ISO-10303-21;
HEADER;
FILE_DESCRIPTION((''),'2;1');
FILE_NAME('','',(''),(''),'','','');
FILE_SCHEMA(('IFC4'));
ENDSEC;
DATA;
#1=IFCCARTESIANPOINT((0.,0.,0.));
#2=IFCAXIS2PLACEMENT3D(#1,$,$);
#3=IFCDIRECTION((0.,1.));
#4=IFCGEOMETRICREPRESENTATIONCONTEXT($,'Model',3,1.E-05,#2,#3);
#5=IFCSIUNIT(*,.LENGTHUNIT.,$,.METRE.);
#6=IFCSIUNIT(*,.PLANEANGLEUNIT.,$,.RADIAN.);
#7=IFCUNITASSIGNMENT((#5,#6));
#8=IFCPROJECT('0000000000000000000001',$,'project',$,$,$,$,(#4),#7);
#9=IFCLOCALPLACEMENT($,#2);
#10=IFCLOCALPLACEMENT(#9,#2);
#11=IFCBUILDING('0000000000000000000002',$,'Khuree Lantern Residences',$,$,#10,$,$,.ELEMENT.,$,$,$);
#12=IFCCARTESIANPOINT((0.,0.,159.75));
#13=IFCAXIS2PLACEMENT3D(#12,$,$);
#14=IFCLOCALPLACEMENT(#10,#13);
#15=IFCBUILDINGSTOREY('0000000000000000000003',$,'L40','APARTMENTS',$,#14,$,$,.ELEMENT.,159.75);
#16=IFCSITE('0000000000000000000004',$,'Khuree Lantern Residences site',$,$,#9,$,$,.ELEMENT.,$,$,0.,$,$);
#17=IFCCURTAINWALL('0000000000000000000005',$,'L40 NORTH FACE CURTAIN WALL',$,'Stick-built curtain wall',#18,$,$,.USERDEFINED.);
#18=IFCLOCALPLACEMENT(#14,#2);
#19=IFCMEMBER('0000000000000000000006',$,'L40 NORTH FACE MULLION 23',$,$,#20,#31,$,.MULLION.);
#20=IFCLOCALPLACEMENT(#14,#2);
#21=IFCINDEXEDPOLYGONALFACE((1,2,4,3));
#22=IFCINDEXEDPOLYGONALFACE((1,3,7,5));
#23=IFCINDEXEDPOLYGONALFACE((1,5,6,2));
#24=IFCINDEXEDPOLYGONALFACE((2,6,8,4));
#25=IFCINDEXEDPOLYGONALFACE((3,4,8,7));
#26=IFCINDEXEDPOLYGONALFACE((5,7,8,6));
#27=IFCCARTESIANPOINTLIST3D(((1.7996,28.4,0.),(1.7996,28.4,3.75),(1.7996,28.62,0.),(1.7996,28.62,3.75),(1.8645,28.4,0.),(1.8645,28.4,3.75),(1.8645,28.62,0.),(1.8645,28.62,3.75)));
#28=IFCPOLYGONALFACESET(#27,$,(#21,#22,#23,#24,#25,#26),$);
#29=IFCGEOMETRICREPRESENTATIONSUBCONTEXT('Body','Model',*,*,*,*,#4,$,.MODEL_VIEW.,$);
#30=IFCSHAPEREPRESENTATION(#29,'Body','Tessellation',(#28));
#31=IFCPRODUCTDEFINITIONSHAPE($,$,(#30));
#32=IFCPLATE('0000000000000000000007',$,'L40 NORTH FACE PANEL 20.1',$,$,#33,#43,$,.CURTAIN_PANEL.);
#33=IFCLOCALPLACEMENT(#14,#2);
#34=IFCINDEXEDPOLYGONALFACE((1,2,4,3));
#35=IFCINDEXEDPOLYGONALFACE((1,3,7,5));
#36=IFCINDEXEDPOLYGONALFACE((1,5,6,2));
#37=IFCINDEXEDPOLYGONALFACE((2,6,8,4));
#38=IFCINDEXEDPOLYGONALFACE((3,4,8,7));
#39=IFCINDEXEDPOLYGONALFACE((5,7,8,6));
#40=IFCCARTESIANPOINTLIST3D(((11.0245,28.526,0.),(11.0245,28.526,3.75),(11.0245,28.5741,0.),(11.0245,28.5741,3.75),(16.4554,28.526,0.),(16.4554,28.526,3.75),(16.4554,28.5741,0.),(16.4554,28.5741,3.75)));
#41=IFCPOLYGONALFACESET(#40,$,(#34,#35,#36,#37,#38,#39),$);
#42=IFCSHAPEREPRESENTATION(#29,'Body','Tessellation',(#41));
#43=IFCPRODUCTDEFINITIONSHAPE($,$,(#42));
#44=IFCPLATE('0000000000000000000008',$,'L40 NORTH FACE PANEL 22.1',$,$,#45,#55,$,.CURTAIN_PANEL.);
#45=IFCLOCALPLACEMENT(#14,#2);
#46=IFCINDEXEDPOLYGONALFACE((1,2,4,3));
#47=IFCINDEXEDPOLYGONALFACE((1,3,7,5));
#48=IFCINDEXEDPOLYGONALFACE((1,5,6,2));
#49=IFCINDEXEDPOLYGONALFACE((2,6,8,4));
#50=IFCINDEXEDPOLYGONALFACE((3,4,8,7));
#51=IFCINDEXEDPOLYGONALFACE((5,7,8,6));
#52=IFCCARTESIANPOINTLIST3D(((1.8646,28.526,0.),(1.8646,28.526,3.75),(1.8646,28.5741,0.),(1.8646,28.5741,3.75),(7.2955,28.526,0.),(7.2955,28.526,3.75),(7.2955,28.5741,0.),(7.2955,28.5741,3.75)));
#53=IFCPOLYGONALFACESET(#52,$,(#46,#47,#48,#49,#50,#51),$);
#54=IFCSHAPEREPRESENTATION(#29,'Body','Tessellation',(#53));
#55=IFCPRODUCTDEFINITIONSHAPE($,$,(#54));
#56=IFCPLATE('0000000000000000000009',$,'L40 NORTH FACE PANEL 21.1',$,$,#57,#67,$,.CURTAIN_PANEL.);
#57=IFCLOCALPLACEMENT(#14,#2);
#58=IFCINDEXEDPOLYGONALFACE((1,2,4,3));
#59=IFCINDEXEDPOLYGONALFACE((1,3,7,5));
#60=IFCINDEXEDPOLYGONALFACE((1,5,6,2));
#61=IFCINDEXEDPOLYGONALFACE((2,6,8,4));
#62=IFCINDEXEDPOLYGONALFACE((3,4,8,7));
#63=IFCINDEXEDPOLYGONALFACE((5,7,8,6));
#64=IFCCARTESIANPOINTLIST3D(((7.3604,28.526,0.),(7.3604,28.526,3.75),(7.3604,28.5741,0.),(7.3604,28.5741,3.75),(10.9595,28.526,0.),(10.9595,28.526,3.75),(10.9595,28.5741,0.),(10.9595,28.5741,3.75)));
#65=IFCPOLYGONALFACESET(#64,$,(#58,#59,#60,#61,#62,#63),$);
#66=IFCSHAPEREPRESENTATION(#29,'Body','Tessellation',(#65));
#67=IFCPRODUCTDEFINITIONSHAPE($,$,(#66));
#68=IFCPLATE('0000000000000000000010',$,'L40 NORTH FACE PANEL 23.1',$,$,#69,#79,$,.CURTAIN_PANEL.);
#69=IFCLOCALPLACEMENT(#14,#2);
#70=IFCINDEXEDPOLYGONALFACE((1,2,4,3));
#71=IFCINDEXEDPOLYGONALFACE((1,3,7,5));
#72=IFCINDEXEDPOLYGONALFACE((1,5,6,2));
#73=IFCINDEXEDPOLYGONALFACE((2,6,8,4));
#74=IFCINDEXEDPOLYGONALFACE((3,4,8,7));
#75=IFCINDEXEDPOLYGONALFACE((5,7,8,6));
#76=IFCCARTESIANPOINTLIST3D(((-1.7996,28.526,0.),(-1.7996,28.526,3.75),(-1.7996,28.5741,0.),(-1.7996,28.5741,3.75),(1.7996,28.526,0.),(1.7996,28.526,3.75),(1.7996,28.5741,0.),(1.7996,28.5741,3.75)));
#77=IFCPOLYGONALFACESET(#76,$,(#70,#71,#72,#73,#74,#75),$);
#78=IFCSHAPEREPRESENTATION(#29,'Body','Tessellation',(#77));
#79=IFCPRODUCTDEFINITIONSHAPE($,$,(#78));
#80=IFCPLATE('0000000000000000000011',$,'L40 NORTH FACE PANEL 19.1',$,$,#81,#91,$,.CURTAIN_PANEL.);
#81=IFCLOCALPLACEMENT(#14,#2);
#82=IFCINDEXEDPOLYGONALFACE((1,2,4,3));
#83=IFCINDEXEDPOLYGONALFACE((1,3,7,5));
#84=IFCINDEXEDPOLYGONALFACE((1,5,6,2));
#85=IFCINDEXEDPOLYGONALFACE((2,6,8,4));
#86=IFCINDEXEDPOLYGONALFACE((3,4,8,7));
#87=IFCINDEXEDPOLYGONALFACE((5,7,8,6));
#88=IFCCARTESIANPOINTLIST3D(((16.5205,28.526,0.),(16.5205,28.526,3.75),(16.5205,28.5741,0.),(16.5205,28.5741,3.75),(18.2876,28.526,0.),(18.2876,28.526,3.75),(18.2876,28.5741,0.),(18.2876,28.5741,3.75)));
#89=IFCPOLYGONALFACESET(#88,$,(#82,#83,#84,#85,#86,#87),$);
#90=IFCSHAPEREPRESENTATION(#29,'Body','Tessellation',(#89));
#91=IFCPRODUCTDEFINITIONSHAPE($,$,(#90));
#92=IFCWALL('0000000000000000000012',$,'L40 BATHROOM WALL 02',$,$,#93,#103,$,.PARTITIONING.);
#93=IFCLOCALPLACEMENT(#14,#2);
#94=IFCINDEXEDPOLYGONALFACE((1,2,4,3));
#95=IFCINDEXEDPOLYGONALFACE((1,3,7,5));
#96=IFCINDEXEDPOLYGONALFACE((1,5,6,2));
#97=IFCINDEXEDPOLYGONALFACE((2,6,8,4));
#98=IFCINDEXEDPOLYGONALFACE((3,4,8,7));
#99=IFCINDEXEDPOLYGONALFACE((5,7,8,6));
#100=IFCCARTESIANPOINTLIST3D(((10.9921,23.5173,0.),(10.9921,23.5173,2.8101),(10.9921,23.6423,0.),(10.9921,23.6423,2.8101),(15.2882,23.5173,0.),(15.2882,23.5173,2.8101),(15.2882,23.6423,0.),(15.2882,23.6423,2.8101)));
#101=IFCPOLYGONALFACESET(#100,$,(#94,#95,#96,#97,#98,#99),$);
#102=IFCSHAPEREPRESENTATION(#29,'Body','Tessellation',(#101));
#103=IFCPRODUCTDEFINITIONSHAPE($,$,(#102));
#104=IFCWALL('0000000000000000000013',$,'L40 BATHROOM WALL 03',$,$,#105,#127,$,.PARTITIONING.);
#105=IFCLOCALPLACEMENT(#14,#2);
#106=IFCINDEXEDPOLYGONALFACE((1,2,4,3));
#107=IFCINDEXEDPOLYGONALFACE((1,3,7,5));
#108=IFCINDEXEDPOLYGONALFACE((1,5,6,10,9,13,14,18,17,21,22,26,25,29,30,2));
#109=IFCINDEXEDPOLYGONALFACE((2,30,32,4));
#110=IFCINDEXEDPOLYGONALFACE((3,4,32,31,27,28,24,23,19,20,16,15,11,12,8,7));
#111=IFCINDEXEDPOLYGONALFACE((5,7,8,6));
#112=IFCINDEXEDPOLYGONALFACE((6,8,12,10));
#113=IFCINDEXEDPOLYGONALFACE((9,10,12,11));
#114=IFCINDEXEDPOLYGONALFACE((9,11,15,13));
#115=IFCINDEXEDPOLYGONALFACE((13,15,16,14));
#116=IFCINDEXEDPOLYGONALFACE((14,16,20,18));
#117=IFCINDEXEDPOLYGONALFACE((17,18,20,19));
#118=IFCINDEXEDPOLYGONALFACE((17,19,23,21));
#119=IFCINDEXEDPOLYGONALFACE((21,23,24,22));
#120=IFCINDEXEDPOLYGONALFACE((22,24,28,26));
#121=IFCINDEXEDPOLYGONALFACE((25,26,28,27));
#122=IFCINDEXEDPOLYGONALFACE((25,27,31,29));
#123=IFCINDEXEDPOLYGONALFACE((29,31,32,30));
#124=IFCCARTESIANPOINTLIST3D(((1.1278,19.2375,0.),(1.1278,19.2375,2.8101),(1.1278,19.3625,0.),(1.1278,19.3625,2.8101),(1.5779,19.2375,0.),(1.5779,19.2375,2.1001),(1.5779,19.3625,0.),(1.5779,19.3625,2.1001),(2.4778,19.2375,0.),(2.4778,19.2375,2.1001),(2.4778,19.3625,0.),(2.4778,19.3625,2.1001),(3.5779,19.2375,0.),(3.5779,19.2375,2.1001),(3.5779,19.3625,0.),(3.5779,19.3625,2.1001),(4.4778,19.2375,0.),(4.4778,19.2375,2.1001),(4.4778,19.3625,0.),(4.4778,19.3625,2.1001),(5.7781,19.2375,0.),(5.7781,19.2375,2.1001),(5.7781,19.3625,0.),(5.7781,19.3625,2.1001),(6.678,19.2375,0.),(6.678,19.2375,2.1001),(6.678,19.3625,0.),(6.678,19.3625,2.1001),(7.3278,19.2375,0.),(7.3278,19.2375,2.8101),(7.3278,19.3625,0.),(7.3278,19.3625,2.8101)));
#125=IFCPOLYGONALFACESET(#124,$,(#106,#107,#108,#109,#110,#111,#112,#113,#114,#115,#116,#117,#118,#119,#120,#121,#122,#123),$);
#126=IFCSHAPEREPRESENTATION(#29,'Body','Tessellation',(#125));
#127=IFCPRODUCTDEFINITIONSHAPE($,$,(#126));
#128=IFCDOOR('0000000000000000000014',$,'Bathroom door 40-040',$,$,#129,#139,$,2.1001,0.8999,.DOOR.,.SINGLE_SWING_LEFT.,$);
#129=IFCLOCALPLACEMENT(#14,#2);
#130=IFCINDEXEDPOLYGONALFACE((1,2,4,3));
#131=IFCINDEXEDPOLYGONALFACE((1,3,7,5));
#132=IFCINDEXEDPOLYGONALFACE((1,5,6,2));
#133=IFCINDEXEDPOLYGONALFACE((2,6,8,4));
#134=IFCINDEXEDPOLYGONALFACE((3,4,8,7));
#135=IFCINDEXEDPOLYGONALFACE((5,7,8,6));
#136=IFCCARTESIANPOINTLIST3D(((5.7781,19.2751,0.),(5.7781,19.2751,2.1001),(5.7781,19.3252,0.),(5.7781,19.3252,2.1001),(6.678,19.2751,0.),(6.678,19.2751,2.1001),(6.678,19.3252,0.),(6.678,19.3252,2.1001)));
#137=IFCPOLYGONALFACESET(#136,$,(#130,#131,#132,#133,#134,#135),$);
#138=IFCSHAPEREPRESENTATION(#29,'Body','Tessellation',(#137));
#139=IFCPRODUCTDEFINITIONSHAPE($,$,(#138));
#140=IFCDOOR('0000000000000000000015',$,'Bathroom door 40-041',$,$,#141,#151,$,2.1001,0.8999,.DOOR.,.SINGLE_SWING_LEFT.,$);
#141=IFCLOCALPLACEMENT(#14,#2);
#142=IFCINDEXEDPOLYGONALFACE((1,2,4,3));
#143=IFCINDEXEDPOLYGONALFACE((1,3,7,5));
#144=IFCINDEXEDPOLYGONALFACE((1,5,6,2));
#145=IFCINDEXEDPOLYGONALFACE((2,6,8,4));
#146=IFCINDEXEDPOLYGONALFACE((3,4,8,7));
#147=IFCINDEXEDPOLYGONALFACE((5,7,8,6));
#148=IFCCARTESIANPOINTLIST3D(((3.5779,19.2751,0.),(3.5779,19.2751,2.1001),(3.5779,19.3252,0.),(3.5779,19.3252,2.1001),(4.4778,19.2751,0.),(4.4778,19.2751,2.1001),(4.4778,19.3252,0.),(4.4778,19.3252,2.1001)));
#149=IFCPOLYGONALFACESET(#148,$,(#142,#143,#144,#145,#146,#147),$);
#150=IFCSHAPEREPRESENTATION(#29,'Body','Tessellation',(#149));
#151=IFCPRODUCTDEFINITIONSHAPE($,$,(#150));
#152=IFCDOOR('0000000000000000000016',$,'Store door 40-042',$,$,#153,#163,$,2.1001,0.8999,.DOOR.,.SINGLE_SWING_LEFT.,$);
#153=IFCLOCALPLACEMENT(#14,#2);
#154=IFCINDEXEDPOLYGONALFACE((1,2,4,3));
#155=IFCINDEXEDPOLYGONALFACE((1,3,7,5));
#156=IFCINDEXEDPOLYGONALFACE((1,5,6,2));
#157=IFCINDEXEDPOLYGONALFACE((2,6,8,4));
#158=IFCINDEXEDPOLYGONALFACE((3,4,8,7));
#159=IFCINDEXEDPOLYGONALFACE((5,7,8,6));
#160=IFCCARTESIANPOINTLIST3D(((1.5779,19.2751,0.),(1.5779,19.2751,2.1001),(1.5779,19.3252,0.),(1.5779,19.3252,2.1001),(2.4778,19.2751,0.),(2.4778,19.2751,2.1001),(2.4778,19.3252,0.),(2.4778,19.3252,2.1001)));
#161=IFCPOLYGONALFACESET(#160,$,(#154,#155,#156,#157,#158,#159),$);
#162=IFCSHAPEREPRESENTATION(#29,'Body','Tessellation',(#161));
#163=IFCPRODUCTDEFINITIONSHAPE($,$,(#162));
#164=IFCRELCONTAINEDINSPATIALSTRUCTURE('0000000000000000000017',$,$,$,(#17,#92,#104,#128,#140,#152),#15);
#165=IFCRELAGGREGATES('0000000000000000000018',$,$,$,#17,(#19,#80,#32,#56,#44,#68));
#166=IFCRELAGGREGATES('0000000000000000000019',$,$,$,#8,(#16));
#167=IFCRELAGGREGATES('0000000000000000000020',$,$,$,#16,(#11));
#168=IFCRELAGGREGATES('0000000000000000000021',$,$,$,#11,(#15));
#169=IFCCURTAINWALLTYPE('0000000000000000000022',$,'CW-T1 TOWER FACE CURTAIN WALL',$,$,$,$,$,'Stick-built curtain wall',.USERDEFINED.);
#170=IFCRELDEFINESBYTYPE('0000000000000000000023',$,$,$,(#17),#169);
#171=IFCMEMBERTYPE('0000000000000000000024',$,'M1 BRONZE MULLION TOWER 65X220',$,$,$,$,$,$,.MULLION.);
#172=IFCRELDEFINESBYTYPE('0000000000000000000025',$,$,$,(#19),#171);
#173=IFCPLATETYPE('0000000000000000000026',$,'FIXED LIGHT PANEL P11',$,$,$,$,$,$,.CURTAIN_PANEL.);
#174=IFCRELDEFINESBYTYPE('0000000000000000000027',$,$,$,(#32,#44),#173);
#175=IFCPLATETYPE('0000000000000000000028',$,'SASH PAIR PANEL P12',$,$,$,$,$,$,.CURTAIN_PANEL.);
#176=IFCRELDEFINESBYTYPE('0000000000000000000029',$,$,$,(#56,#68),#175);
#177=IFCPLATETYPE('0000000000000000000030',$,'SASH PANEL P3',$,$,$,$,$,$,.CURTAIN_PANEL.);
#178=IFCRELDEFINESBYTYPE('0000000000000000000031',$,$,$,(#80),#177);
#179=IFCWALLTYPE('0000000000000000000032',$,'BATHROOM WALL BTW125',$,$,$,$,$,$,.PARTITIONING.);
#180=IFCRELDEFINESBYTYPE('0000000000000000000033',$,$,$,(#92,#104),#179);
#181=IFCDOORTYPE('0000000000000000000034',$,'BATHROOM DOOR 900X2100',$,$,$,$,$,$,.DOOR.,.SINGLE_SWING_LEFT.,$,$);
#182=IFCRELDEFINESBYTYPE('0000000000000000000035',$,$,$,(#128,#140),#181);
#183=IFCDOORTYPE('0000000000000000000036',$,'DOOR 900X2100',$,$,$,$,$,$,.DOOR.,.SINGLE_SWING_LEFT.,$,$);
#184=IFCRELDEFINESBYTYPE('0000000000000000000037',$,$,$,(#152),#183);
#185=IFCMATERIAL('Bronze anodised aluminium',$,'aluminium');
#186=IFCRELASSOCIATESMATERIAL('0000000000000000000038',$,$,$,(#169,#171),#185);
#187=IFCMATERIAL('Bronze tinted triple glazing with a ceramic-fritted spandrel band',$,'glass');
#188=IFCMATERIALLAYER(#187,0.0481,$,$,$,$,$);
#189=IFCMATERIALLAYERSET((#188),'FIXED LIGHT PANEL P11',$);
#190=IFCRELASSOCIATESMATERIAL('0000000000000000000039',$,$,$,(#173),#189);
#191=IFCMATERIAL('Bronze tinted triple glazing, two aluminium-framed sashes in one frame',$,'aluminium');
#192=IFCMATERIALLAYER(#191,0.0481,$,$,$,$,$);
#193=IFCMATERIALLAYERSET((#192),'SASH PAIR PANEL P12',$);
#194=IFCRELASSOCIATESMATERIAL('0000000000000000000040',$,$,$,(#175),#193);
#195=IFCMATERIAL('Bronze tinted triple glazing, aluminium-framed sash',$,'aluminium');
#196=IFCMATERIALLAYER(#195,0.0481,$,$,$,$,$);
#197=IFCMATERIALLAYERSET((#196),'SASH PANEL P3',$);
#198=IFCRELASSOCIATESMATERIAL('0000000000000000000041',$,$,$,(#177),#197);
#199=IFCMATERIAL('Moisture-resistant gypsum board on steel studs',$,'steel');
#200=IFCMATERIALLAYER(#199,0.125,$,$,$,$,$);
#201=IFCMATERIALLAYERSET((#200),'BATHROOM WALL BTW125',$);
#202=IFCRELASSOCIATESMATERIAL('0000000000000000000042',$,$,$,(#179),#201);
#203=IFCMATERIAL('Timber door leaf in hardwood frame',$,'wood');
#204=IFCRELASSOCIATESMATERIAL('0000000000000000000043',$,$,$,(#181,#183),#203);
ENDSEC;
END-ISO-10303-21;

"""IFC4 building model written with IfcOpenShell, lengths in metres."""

from ifc_helpers import new_model, si_unit, direction, frame, frame_2d, origin, origin_2d, place, context, subcontext, project, spatial, rectangle, extrude, material, layer, layer_set, material_profile, profile_set, type_object, element, fill, aggregate, save


model = new_model("IFC4")

# Units and contexts
model_context = context("Model", 3, precision=1e-05, world=origin(), true_north=direction((0.0, 1.0)))
body_context = subcontext(model_context, "Body", "Model", "MODEL_VIEW")
ifc_project = project(units=[si_unit("LENGTHUNIT", "METRE"), si_unit("PLANEANGLEUNIT", "RADIAN")], contexts=[model_context])

# Site, building, storey
site_placement = place(None, origin())
site = spatial("IfcSite", under=ifc_project, at=site_placement, Name="Khuree Lantern Residences site", CompositionType="ELEMENT", RefElevation=0.0)
building_placement = place(site_placement, origin())
building = spatial("IfcBuilding", under=site, at=building_placement, Name="Khuree Lantern Residences", CompositionType="ELEMENT")
storey_placement = place(building_placement, frame((0.0, 0.0, 159.75)))
storey = spatial("IfcBuildingStorey", under=building, at=storey_placement, Name="L40", Description="APARTMENTS", CompositionType="ELEMENT", Elevation=159.75)

# Curtain wall
ifc_material_1 = material(Name="Bronze anodised aluminium", Category="aluminium")
curtain_wall_type = type_object("IfcCurtainWallType", Name="CW-T1 TOWER FACE CURTAIN WALL", ElementType="Stick-built curtain wall", PredefinedType="USERDEFINED", material=ifc_material_1)
curtain_wall_placement = place(storey_placement, origin())
curtain_wall = element("IfcCurtainWall", 1, at=curtain_wall_placement, inside=storey, type_object=curtain_wall_type, Name="L40 NORTH FACE CURTAIN WALL", ObjectType="Stick-built curtain wall", PredefinedType="USERDEFINED")

# Member
ifc_material_profile_1 = material_profile(ifc_material_1, rectangle(XDim=0.0649, YDim=0.22, at=origin_2d()), Name="M1 65X220")
ifc_profile_set_1 = profile_set([ifc_material_profile_1], Name="Bronze anodised aluminium")
member_type_1 = type_object("IfcMemberType", Name="M1 BRONZE MULLION TOWER 65X220", PredefinedType="MULLION", material=ifc_profile_set_1)
member_1_placement = place(storey_placement, frame((1.832, 28.51, 0.0), z_axis=(0.0, 0.0, 1.0), x_axis=(-1.0, 0.0, 0.0)))
member_1 = element("IfcMember", 2, at=member_1_placement, type_object=member_type_1, Name="L40 NORTH FACE MULLION 23", PredefinedType="MULLION", context=body_context, shape_type="SweptSolid", body=[
    extrude(rectangle(XDim=0.0649, YDim=0.22, at=origin_2d()), origin(), (0.0, 0.0, 1.0), 3.75),
])

# Plates
ifc_material_2 = material(Name="Bronze tinted triple glazing with a ceramic-fritted spandrel band", Category="glass")
ifc_layer_1 = layer(ifc_material_2, 0.0481)
ifc_layer_set_1 = layer_set([ifc_layer_1], Name="FIXED LIGHT PANEL P11")
plate_type_1 = type_object("IfcPlateType", Name="FIXED LIGHT PANEL P11", PredefinedType="CURTAIN_PANEL", material=ifc_layer_set_1)
plate_1_placement = place(storey_placement, frame((13.74, 28.55, 0.0), z_axis=(0.0, 0.0, 1.0), x_axis=(-1.0, 0.0, 0.0)))
plate_1 = element("IfcPlate", 3, at=plate_1_placement, type_object=plate_type_1, Name="L40 NORTH FACE PANEL 20.1", PredefinedType="CURTAIN_PANEL", context=body_context, shape_type="SweptSolid", body=[
    extrude(rectangle(XDim=5.4309, YDim=0.0481, at=origin_2d()), origin(), (0.0, 0.0, 1.0), 3.75),
])
plate_2_placement = place(storey_placement, frame((4.5801, 28.55, 0.0), z_axis=(0.0, 0.0, 1.0), x_axis=(-1.0, 0.0, 0.0)))
plate_2 = element("IfcPlate", 4, at=plate_2_placement, type_object=plate_type_1, Name="L40 NORTH FACE PANEL 22.1", PredefinedType="CURTAIN_PANEL", context=body_context, shape_type="SweptSolid", body=[
    extrude(rectangle(XDim=5.4309, YDim=0.0481, at=origin_2d()), origin(), (0.0, 0.0, 1.0), 3.75),
])
ifc_material_3 = material(Name="Bronze tinted triple glazing, two aluminium-framed sashes in one frame", Category="aluminium")
ifc_layer_2 = layer(ifc_material_3, 0.0481)
ifc_layer_set_2 = layer_set([ifc_layer_2], Name="SASH PAIR PANEL P12")
plate_type_2 = type_object("IfcPlateType", Name="SASH PAIR PANEL P12", PredefinedType="CURTAIN_PANEL", material=ifc_layer_set_2)
plate_3_placement = place(storey_placement, frame((9.1599, 28.55, 0.0), z_axis=(0.0, 0.0, 1.0), x_axis=(-1.0, 0.0, 0.0)))
plate_3 = element("IfcPlate", 5, at=plate_3_placement, type_object=plate_type_2, Name="L40 NORTH FACE PANEL 21.1", PredefinedType="CURTAIN_PANEL", context=body_context, shape_type="SweptSolid", body=[
    extrude(rectangle(XDim=3.5991, YDim=0.0481, at=origin_2d()), origin(), (0.0, 0.0, 1.0), 3.75),
])
plate_4_placement = place(storey_placement, frame((0.0, 28.55, 0.0), z_axis=(0.0, 0.0, 1.0), x_axis=(-1.0, 0.0, 0.0)))
plate_4 = element("IfcPlate", 6, at=plate_4_placement, type_object=plate_type_2, Name="L40 NORTH FACE PANEL 23.1", PredefinedType="CURTAIN_PANEL", context=body_context, shape_type="SweptSolid", body=[
    extrude(rectangle(XDim=3.5991, YDim=0.0481, at=origin_2d()), origin(), (0.0, 0.0, 1.0), 3.75),
])
ifc_material_4 = material(Name="Bronze tinted triple glazing, aluminium-framed sash", Category="aluminium")
ifc_layer_3 = layer(ifc_material_4, 0.0481)
ifc_layer_set_3 = layer_set([ifc_layer_3], Name="SASH PANEL P3")
plate_type_3 = type_object("IfcPlateType", Name="SASH PANEL P3", PredefinedType="CURTAIN_PANEL", material=ifc_layer_set_3)
plate_5_placement = place(storey_placement, frame((17.4041, 28.55, 0.0), z_axis=(0.0, 0.0, 1.0), x_axis=(-1.0, 0.0, 0.0)))
plate_5 = element("IfcPlate", 7, at=plate_5_placement, type_object=plate_type_3, Name="L40 NORTH FACE PANEL 19.1", PredefinedType="CURTAIN_PANEL", context=body_context, shape_type="SweptSolid", body=[
    extrude(rectangle(XDim=1.7671, YDim=0.0481, at=origin_2d()), origin(), (0.0, 0.0, 1.0), 3.75),
])
aggregate(curtain_wall, [member_1, plate_5, plate_1, plate_3, plate_2, plate_4])

# Wall
ifc_material_5 = material(Name="Moisture-resistant gypsum board on steel studs", Category="steel")
ifc_layer_4 = layer(ifc_material_5, 0.125)
ifc_layer_set_4 = layer_set([ifc_layer_4], Name="BATHROOM WALL BTW125")
wall_type_1 = type_object("IfcWallType", Name="BATHROOM WALL BTW125", PredefinedType="PARTITIONING", material=ifc_layer_set_4)
wall_1_placement = place(storey_placement, frame((15.2881, 23.5798, 0.0), z_axis=(0.0, 0.0, 1.0), x_axis=(-1.0, 0.0, 0.0)))
element("IfcWall", 8, at=wall_1_placement, inside=storey, type_object=wall_type_1, Name="L40 BATHROOM WALL 02", PredefinedType="PARTITIONING", context=body_context, shape_type="SweptSolid", body=[
    extrude(rectangle(XDim=4.2961, YDim=0.125, at=frame_2d((2.1479, 0.0))), origin(), (0.0, 0.0, 1.0), 2.8101),
])

# Wall, openings, doors
wall_2_placement = place(storey_placement, frame((7.3279, 19.3, 0.0), z_axis=(0.0, 0.0, 1.0), x_axis=(-1.0, 0.0, 0.0)))
wall_2 = element("IfcWall", 9, at=wall_2_placement, inside=storey, type_object=wall_type_1, Name="L40 BATHROOM WALL 03", PredefinedType="PARTITIONING", context=body_context, shape_type="SweptSolid", body=[
    extrude(rectangle(XDim=6.2, YDim=0.125, at=frame_2d((3.1001, 0.0))), origin(), (0.0, 0.0, 1.0), 2.8101),
])
opening_1_placement = place(wall_2_placement, frame((0.6499, 0.0, 0.0)))
opening_1 = element("IfcOpeningElement", 10, at=opening_1_placement, cuts=wall_2, PredefinedType="OPENING", context=body_context, shape_type="SweptSolid", body=[
    extrude(rectangle(XDim=0.8999, YDim=2.1001, at=frame_2d((0.45, 1.05))), frame((0.0, 0.0725, 0.0), z_axis=(0.0, -1.0, 0.0), x_axis=(1.0, 0.0, 0.0)), (0.0, 0.0, 1.0), 0.145),
])
opening_2_placement = place(wall_2_placement, frame((2.8501, 0.0, 0.0)))
opening_2 = element("IfcOpeningElement", 11, at=opening_2_placement, cuts=wall_2, PredefinedType="OPENING", context=body_context, shape_type="SweptSolid", body=[
    extrude(rectangle(XDim=0.8999, YDim=2.1001, at=frame_2d((0.45, 1.05))), frame((0.0, 0.0725, 0.0), z_axis=(0.0, -1.0, 0.0), x_axis=(1.0, 0.0, 0.0)), (0.0, 0.0, 1.0), 0.145),
])
opening_3_placement = place(wall_2_placement, frame((4.8501, 0.0, 0.0)))
opening_3 = element("IfcOpeningElement", 12, at=opening_3_placement, cuts=wall_2, PredefinedType="OPENING", context=body_context, shape_type="SweptSolid", body=[
    extrude(rectangle(XDim=0.8999, YDim=2.1001, at=frame_2d((0.45, 1.05))), frame((0.0, 0.0725, 0.0), z_axis=(0.0, -1.0, 0.0), x_axis=(1.0, 0.0, 0.0)), (0.0, 0.0, 1.0), 0.145),
])
ifc_material_6 = material(Name="Timber door leaf in hardwood frame", Category="wood")
door_type_1 = type_object("IfcDoorType", Name="BATHROOM DOOR 900X2100", OperationType="SINGLE_SWING_LEFT", PredefinedType="DOOR", material=ifc_material_6)
door_1_placement = place(opening_1_placement, origin())
door_1 = element("IfcDoor", 13, at=door_1_placement, inside=storey, type_object=door_type_1, Name="Bathroom door 40-040", OperationType="SINGLE_SWING_LEFT", OverallHeight=2.1001, OverallWidth=0.8999, PredefinedType="DOOR", context=body_context, shape_type="SweptSolid", body=[
    extrude(rectangle(XDim=0.8999, YDim=2.1001, at=frame_2d((0.45, 1.05))), frame((0.0, 0.0249, 0.0), z_axis=(0.0, -1.0, 0.0), x_axis=(1.0, 0.0, 0.0)), (0.0, 0.0, 1.0), 0.05),
])
fill(opening_1, door_1)
door_2_placement = place(opening_2_placement, origin())
door_2 = element("IfcDoor", 14, at=door_2_placement, inside=storey, type_object=door_type_1, Name="Bathroom door 40-041", OperationType="SINGLE_SWING_LEFT", OverallHeight=2.1001, OverallWidth=0.8999, PredefinedType="DOOR", context=body_context, shape_type="SweptSolid", body=[
    extrude(rectangle(XDim=0.8999, YDim=2.1001, at=frame_2d((0.45, 1.05))), frame((0.0, 0.0249, 0.0), z_axis=(0.0, -1.0, 0.0), x_axis=(1.0, 0.0, 0.0)), (0.0, 0.0, 1.0), 0.05),
])
fill(opening_2, door_2)
door_type_2 = type_object("IfcDoorType", Name="DOOR 900X2100", OperationType="SINGLE_SWING_LEFT", PredefinedType="DOOR", material=ifc_material_6)
door_3_placement = place(opening_3_placement, origin())
door_3 = element("IfcDoor", 15, at=door_3_placement, inside=storey, type_object=door_type_2, Name="Store door 40-042", OperationType="SINGLE_SWING_LEFT", OverallHeight=2.1001, OverallWidth=0.8999, PredefinedType="DOOR", context=body_context, shape_type="SweptSolid", body=[
    extrude(rectangle(XDim=0.8999, YDim=2.1001, at=frame_2d((0.45, 1.05))), frame((0.0, 0.0249, 0.0), z_axis=(0.0, -1.0, 0.0), x_axis=(1.0, 0.0, 0.0)), (0.0, 0.0, 1.0), 0.05),
])
fill(opening_3, door_3)

save(model, "model.ifc")
